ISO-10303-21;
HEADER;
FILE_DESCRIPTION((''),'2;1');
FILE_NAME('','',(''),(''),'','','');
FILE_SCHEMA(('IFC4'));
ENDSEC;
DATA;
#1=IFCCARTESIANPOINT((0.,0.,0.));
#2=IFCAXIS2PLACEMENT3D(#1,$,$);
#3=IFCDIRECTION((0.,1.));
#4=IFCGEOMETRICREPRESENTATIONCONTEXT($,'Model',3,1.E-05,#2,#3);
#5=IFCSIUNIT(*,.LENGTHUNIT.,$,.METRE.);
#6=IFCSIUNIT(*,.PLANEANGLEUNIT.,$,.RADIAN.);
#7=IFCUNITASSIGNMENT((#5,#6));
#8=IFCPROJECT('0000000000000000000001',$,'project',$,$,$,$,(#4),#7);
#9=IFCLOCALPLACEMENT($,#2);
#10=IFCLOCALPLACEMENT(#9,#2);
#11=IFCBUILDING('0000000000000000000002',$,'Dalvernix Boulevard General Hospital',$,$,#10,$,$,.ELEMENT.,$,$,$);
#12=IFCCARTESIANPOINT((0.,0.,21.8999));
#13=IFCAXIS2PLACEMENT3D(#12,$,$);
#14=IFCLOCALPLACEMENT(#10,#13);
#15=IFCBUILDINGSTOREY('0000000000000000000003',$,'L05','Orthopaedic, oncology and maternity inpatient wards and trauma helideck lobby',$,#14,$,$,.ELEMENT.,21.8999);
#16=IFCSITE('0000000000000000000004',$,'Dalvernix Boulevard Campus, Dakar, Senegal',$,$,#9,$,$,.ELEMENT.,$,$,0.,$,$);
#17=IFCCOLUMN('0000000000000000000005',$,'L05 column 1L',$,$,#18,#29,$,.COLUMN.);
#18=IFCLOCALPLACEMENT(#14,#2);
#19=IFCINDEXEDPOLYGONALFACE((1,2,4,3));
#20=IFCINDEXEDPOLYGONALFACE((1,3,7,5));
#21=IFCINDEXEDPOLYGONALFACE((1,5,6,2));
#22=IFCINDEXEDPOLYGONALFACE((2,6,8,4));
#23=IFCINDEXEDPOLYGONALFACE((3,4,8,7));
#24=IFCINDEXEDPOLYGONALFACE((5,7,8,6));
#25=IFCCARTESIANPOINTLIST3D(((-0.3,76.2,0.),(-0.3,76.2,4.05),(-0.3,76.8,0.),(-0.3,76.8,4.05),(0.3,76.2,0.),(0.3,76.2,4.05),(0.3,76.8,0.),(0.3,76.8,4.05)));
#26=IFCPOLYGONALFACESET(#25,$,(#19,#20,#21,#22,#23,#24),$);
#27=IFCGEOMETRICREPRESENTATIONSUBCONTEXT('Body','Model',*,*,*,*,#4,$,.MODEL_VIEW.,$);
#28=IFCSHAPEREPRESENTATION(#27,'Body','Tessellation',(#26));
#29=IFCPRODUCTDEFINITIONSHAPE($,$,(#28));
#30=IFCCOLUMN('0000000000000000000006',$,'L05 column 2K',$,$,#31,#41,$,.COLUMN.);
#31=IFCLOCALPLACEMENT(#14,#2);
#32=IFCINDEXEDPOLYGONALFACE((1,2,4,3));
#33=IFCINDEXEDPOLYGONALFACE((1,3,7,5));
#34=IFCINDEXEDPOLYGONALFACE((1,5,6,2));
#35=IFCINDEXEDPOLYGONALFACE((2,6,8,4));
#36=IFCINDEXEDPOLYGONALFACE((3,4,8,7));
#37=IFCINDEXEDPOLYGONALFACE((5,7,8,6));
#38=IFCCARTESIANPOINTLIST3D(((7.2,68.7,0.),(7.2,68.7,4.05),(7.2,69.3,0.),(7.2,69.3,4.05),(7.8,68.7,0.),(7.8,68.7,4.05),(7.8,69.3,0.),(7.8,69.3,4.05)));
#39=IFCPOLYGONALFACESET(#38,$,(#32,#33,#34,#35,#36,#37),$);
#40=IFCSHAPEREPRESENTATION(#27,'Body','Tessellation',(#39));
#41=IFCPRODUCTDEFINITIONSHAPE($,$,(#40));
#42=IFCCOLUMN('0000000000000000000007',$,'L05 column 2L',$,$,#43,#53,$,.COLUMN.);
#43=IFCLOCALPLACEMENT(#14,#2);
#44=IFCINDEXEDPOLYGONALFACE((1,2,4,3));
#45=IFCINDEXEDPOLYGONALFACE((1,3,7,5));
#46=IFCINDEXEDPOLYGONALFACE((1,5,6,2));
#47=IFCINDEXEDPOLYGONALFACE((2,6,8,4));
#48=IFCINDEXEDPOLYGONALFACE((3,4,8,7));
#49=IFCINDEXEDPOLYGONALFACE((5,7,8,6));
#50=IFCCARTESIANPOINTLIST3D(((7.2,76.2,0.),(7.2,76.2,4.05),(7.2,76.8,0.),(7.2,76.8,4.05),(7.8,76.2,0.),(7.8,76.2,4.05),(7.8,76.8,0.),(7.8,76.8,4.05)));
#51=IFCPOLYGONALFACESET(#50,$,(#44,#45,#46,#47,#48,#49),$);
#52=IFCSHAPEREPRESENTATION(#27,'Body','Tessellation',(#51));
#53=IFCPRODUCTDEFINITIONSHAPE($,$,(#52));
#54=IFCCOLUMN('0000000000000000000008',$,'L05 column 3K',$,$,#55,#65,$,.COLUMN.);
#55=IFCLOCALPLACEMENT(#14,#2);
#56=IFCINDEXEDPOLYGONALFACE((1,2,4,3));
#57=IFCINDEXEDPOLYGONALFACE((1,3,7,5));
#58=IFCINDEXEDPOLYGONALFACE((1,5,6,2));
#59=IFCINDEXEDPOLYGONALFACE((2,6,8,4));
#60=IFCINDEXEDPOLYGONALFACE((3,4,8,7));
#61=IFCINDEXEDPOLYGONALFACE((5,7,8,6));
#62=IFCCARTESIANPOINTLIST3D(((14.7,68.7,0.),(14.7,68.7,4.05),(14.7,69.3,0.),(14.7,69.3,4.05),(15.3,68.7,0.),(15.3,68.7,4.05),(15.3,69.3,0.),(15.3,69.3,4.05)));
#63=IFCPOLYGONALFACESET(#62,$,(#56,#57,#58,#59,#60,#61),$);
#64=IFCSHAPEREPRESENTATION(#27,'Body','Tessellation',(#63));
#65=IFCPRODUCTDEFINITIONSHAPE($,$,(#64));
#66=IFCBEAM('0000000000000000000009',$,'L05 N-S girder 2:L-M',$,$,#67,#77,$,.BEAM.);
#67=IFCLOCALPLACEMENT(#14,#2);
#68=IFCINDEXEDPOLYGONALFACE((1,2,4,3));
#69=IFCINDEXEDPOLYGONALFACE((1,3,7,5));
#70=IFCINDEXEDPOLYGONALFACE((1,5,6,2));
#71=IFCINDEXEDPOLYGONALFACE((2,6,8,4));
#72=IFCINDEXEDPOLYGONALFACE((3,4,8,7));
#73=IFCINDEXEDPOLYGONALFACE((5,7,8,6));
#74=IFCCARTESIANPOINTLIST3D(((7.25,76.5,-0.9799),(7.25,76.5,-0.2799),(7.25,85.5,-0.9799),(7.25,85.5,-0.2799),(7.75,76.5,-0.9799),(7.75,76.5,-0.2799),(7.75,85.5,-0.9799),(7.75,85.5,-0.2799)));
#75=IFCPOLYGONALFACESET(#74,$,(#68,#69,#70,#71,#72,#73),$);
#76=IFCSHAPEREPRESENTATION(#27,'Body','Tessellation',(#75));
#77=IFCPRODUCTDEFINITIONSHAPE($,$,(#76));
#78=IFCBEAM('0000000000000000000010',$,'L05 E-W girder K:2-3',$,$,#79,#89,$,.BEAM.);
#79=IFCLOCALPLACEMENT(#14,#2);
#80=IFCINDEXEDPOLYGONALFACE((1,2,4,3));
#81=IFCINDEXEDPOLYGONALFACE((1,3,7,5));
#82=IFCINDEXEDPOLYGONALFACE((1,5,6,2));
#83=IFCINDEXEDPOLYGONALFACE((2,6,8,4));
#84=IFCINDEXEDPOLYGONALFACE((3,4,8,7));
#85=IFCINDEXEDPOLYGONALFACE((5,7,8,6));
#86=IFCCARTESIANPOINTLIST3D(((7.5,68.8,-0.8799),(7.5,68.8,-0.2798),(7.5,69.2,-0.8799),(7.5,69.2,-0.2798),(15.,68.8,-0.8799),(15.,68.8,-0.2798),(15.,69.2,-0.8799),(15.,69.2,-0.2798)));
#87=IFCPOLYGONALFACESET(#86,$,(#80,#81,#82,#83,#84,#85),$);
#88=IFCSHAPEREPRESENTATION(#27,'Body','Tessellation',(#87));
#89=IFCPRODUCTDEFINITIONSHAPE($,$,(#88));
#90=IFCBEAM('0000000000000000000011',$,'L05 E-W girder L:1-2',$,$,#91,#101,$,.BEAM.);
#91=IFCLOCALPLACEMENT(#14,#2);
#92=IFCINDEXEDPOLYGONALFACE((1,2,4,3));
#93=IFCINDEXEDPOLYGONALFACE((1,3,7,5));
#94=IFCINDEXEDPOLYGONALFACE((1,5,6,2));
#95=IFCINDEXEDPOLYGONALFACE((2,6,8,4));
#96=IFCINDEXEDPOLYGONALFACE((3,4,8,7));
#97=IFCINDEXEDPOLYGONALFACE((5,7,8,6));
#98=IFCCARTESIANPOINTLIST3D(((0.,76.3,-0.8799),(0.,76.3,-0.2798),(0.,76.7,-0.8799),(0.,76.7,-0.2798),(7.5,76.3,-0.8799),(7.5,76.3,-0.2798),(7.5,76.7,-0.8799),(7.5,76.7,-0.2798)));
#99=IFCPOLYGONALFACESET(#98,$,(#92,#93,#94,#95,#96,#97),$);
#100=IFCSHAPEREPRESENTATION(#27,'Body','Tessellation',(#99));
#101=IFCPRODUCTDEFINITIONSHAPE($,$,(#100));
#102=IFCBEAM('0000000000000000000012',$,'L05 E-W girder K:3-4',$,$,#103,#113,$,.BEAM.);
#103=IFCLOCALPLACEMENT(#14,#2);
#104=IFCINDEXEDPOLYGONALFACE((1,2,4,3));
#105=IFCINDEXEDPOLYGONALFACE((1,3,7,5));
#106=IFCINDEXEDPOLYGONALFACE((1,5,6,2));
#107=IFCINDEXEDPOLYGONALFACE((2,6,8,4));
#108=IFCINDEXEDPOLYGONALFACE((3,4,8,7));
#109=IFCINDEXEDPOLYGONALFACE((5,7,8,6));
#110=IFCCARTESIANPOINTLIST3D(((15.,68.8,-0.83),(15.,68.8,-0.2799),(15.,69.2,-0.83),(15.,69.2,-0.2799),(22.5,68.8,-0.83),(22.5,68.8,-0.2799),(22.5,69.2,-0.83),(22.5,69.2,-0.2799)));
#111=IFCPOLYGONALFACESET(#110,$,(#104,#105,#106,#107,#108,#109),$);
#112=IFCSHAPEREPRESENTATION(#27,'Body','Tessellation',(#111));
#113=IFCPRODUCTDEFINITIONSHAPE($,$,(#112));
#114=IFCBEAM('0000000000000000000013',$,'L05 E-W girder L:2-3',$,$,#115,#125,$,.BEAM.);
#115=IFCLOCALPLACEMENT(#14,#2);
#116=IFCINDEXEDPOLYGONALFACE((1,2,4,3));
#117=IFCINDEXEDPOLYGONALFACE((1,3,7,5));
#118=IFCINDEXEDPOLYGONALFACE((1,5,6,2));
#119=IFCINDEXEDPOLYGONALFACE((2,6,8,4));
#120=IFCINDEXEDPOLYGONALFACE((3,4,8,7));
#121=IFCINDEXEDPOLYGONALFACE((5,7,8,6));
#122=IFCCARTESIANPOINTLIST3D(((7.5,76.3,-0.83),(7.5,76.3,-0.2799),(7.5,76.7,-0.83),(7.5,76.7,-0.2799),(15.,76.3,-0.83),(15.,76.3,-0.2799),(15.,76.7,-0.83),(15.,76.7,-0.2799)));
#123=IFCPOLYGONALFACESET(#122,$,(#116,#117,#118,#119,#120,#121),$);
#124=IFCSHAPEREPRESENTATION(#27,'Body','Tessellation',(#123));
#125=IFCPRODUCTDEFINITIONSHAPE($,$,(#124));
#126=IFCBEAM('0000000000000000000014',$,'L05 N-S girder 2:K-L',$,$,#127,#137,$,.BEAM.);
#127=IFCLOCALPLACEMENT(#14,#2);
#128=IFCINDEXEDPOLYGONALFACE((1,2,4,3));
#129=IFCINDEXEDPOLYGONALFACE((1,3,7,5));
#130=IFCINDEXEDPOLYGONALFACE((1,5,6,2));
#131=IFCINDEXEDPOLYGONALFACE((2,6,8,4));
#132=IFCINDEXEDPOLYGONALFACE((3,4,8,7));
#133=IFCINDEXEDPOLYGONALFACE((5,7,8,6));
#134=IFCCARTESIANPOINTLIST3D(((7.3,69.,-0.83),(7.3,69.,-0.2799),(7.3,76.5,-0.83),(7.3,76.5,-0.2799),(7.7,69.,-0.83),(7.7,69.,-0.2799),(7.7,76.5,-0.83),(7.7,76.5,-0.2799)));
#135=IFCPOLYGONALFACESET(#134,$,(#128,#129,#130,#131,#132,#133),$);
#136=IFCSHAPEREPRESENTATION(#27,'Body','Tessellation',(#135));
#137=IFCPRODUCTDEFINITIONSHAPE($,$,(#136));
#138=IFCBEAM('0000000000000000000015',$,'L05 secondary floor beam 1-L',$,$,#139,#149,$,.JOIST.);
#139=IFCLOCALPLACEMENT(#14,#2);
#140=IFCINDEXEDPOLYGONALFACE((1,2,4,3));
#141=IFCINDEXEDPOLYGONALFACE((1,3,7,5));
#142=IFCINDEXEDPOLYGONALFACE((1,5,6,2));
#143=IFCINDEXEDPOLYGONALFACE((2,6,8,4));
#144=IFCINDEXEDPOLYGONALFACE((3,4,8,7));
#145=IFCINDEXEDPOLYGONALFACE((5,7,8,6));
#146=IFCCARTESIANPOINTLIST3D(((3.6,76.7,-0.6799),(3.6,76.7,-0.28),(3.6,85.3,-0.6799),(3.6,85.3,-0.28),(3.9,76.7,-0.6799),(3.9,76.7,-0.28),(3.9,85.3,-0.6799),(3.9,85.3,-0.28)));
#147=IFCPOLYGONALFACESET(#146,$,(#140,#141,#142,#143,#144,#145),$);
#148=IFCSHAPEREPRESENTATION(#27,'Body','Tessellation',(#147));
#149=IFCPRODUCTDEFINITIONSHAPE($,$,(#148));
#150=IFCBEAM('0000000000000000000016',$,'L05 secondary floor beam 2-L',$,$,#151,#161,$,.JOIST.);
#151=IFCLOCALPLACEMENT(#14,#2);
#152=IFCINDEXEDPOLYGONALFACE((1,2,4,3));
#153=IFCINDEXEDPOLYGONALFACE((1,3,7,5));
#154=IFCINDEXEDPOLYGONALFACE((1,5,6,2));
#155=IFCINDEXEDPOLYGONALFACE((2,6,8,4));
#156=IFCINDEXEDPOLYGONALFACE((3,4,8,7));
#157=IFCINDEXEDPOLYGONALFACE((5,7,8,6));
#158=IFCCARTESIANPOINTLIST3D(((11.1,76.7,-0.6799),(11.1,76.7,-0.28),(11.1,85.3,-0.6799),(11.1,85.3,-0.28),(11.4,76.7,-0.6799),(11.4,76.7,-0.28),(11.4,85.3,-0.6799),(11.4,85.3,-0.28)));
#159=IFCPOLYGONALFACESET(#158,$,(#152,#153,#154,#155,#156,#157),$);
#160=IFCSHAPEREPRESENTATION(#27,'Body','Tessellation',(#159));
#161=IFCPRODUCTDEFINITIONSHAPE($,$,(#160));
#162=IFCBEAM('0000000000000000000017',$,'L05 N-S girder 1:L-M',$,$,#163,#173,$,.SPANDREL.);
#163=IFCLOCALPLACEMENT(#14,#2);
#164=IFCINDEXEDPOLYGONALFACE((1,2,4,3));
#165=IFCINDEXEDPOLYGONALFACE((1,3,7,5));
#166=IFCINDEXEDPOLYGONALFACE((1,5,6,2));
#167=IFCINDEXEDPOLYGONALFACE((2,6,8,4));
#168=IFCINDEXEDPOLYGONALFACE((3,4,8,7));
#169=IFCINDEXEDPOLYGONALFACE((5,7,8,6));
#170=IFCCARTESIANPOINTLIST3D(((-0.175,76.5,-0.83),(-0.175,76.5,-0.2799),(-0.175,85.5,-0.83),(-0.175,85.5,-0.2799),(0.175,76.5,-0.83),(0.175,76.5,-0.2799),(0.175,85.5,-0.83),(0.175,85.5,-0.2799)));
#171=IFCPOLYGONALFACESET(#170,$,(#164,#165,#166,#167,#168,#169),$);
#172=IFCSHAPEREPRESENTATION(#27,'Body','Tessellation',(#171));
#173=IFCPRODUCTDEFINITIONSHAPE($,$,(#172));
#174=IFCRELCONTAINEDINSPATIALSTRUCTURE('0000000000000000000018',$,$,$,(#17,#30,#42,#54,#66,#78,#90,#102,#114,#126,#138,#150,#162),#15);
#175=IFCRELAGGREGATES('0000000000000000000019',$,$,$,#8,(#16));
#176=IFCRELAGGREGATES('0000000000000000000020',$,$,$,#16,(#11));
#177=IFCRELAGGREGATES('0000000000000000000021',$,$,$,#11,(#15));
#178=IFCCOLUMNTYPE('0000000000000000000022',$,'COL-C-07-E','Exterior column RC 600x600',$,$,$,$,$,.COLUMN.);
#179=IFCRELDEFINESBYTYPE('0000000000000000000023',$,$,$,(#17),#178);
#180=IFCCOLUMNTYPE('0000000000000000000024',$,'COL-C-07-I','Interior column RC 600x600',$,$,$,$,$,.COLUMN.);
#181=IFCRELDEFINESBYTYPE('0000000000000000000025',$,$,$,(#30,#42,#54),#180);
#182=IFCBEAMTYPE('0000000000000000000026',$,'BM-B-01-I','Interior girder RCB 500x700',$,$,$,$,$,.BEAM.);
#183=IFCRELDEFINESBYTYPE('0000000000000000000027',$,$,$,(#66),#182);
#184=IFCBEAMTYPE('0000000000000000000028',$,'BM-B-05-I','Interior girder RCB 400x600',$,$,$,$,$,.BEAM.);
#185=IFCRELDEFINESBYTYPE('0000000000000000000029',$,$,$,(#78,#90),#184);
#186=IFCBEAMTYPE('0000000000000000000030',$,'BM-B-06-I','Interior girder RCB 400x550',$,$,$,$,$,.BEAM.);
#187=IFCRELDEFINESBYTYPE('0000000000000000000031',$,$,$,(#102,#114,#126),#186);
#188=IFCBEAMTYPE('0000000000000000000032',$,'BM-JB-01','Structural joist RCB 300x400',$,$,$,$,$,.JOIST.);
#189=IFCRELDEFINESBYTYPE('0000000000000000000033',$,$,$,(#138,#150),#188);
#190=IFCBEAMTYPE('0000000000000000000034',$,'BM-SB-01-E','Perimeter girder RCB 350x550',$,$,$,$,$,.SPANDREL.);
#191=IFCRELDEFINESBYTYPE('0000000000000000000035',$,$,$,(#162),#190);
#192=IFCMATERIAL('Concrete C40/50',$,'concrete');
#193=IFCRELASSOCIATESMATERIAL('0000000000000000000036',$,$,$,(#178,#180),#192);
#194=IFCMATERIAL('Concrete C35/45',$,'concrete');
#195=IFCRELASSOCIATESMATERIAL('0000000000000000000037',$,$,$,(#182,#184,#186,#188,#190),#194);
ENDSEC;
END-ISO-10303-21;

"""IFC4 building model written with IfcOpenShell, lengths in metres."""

from ifc_helpers import new_model, si_unit, direction, frame, origin, origin_2d, place, context, subcontext, project, spatial, rectangle, extrude, material, material_profile, profile_set, type_object, element, save


model = new_model("IFC4")

# Units and contexts
model_context = context("Model", 3, precision=1e-05, world=origin(), true_north=direction((0.0, 1.0)))
body_context = subcontext(model_context, "Body", "Model", "MODEL_VIEW")
ifc_project = project(units=[si_unit("LENGTHUNIT", "METRE"), si_unit("PLANEANGLEUNIT", "RADIAN")], contexts=[model_context])

# Site, building, storey
site_placement = place(None, origin())
site = spatial("IfcSite", under=ifc_project, at=site_placement, Name="Dalvernix Boulevard Campus, Dakar, Senegal", CompositionType="ELEMENT", RefElevation=0.0)
building_placement = place(site_placement, origin())
building = spatial("IfcBuilding", under=site, at=building_placement, Name="Dalvernix Boulevard General Hospital", CompositionType="ELEMENT")
storey_placement = place(building_placement, frame((0.0, 0.0, 21.8999)))
storey = spatial("IfcBuildingStorey", under=building, at=storey_placement, Name="L05", Description="Orthopaedic, oncology and maternity inpatient wards and trauma helideck lobby", CompositionType="ELEMENT", Elevation=21.8999)

# Columns
ifc_material_1 = material(Name="Concrete C40/50", Category="concrete")
ifc_material_profile_1 = material_profile(ifc_material_1, rectangle(XDim=0.6001, YDim=0.6001, at=origin_2d()), Name="RC 600x600")
ifc_profile_set_1 = profile_set([ifc_material_profile_1], Name="Concrete C40/50")
column_type_1 = type_object("IfcColumnType", Name="COL-C-07-E", Description="Exterior column RC 600x600", PredefinedType="COLUMN", material=ifc_profile_set_1)
column_placement = place(storey_placement, frame((0.0, 76.5, 0.0), z_axis=(0.0, 0.0, 1.0), x_axis=(1.0, 0.0, 0.0)))
element("IfcColumn", 1, at=column_placement, inside=storey, type_object=column_type_1, Name="L05 column 1L", PredefinedType="COLUMN", context=body_context, shape_type="SweptSolid", body=[
    extrude(rectangle(XDim=0.6001, YDim=0.6001, at=origin_2d()), origin(), (0.0, 0.0, 1.0), 4.05),
])
ifc_material_profile_2 = material_profile(ifc_material_1, rectangle(XDim=0.6001, YDim=0.6001, at=origin_2d()), Name="RC 600x600")
ifc_profile_set_2 = profile_set([ifc_material_profile_2], Name="Concrete C40/50")
column_type_2 = type_object("IfcColumnType", Name="COL-C-07-I", Description="Interior column RC 600x600", PredefinedType="COLUMN", material=ifc_profile_set_2)
for number, where, z_axis, x_axis, name in (
    (2, (7.5, 69.0, 0.0), (0.0, 0.0, 1.0), (1.0, 0.0, 0.0), "L05 column 2K"),
    (3, (7.5, 76.5, 0.0), (0.0, 0.0, 1.0), (1.0, 0.0, 0.0), "L05 column 2L"),
    (4, (15.0, 69.0, 0.0), (0.0, 0.0, 1.0), (1.0, 0.0, 0.0), "L05 column 3K"),
):
    element("IfcColumn", number, at=place(storey_placement, frame(where, z_axis=z_axis, x_axis=x_axis)), inside=storey, type_object=column_type_2, Name=name, PredefinedType="COLUMN", context=body_context, shape_type="SweptSolid", body=[
        extrude(rectangle(XDim=0.6001, YDim=0.6001, at=origin_2d()), origin(), (0.0, 0.0, 1.0), 4.05),
    ])

# Beams
ifc_material_2 = material(Name="Concrete C35/45", Category="concrete")
ifc_material_profile_3 = material_profile(ifc_material_2, rectangle(XDim=0.5, YDim=0.7, at=origin_2d()), Name="RCB 500x700")
ifc_profile_set_3 = profile_set([ifc_material_profile_3], Name="Concrete C35/45")
beam_type_1 = type_object("IfcBeamType", Name="BM-B-01-I", Description="Interior girder RCB 500x700", PredefinedType="BEAM", material=ifc_profile_set_3)
beam_1_placement = place(storey_placement, frame((7.5, 76.5, -0.6299), z_axis=(0.0, 1.0, 0.0), x_axis=(-1.0, 0.0, 0.0)))
element("IfcBeam", 5, at=beam_1_placement, inside=storey, type_object=beam_type_1, Name="L05 N-S girder 2:L-M", PredefinedType="BEAM", context=body_context, shape_type="SweptSolid", body=[
    extrude(rectangle(XDim=0.5, YDim=0.7, at=origin_2d()), origin(), (0.0, 0.0, 1.0), 9.0),
])
ifc_material_profile_4 = material_profile(ifc_material_2, rectangle(XDim=0.3999, YDim=0.6001, at=origin_2d()), Name="RCB 400x600")
ifc_profile_set_4 = profile_set([ifc_material_profile_4], Name="Concrete C35/45")
beam_type_2 = type_object("IfcBeamType", Name="BM-B-05-I", Description="Interior girder RCB 400x600", PredefinedType="BEAM", material=ifc_profile_set_4)
for number, where, z_axis, x_axis, name in (
    (6, (7.5, 69.0, -0.5798), (1.0, 0.0, 0.0), (0.0, 1.0, 0.0), "L05 E-W girder K:2-3"),
    (7, (0.0, 76.5, -0.5798), (1.0, 0.0, 0.0), (0.0, 1.0, 0.0), "L05 E-W girder L:1-2"),
):
    element("IfcBeam", number, at=place(storey_placement, frame(where, z_axis=z_axis, x_axis=x_axis)), inside=storey, type_object=beam_type_2, Name=name, PredefinedType="BEAM", context=body_context, shape_type="SweptSolid", body=[
        extrude(rectangle(XDim=0.3999, YDim=0.6001, at=origin_2d()), origin(), (0.0, 0.0, 1.0), 7.5),
    ])
ifc_material_profile_5 = material_profile(ifc_material_2, rectangle(XDim=0.3999, YDim=0.55, at=origin_2d()), Name="RCB 400x550")
ifc_profile_set_5 = profile_set([ifc_material_profile_5], Name="Concrete C35/45")
beam_type_3 = type_object("IfcBeamType", Name="BM-B-06-I", Description="Interior girder RCB 400x550", PredefinedType="BEAM", material=ifc_profile_set_5)
for number, where, z_axis, x_axis, name in (
    (8, (15.0, 69.0, -0.5549), (1.0, 0.0, 0.0), (0.0, 1.0, 0.0), "L05 E-W girder K:3-4"),
    (9, (7.5, 76.5, -0.5549), (1.0, 0.0, 0.0), (0.0, 1.0, 0.0), "L05 E-W girder L:2-3"),
    (10, (7.5, 69.0, -0.5549), (0.0, 1.0, 0.0), (-1.0, 0.0, 0.0), "L05 N-S girder 2:K-L"),
):
    element("IfcBeam", number, at=place(storey_placement, frame(where, z_axis=z_axis, x_axis=x_axis)), inside=storey, type_object=beam_type_3, Name=name, PredefinedType="BEAM", context=body_context, shape_type="SweptSolid", body=[
        extrude(rectangle(XDim=0.3999, YDim=0.55, at=origin_2d()), origin(), (0.0, 0.0, 1.0), 7.5),
    ])
ifc_material_profile_6 = material_profile(ifc_material_2, rectangle(XDim=0.3, YDim=0.3999, at=origin_2d()), Name="RCB 300x400")
ifc_profile_set_6 = profile_set([ifc_material_profile_6], Name="Concrete C35/45")
beam_type_4 = type_object("IfcBeamType", Name="BM-JB-01", Description="Structural joist RCB 300x400", PredefinedType="JOIST", material=ifc_profile_set_6)
for number, where, z_axis, x_axis, name in (
    (11, (3.75, 76.7, -0.48), (0.0, 1.0, 0.0), (-1.0, 0.0, 0.0), "L05 secondary floor beam 1-L"),
    (12, (11.25, 76.7, -0.48), (0.0, 1.0, 0.0), (-1.0, 0.0, 0.0), "L05 secondary floor beam 2-L"),
):
    element("IfcBeam", number, at=place(storey_placement, frame(where, z_axis=z_axis, x_axis=x_axis)), inside=storey, type_object=beam_type_4, Name=name, PredefinedType="JOIST", context=body_context, shape_type="SweptSolid", body=[
        extrude(rectangle(XDim=0.3, YDim=0.3999, at=origin_2d()), origin(), (0.0, 0.0, 1.0), 8.6001),
    ])
ifc_material_profile_7 = material_profile(ifc_material_2, rectangle(XDim=0.3501, YDim=0.55, at=origin_2d()), Name="RCB 350x550")
ifc_profile_set_7 = profile_set([ifc_material_profile_7], Name="Concrete C35/45")
beam_type_5 = type_object("IfcBeamType", Name="BM-SB-01-E", Description="Perimeter girder RCB 350x550", PredefinedType="SPANDREL", material=ifc_profile_set_7)
beam_2_placement = place(storey_placement, frame((0.0, 76.5, -0.5549), z_axis=(0.0, 1.0, 0.0), x_axis=(-1.0, 0.0, 0.0)))
element("IfcBeam", 13, at=beam_2_placement, inside=storey, type_object=beam_type_5, Name="L05 N-S girder 1:L-M", PredefinedType="SPANDREL", context=body_context, shape_type="SweptSolid", body=[
    extrude(rectangle(XDim=0.3501, YDim=0.55, at=origin_2d()), origin(), (0.0, 0.0, 1.0), 9.0),
])

save(model, "model.ifc")
